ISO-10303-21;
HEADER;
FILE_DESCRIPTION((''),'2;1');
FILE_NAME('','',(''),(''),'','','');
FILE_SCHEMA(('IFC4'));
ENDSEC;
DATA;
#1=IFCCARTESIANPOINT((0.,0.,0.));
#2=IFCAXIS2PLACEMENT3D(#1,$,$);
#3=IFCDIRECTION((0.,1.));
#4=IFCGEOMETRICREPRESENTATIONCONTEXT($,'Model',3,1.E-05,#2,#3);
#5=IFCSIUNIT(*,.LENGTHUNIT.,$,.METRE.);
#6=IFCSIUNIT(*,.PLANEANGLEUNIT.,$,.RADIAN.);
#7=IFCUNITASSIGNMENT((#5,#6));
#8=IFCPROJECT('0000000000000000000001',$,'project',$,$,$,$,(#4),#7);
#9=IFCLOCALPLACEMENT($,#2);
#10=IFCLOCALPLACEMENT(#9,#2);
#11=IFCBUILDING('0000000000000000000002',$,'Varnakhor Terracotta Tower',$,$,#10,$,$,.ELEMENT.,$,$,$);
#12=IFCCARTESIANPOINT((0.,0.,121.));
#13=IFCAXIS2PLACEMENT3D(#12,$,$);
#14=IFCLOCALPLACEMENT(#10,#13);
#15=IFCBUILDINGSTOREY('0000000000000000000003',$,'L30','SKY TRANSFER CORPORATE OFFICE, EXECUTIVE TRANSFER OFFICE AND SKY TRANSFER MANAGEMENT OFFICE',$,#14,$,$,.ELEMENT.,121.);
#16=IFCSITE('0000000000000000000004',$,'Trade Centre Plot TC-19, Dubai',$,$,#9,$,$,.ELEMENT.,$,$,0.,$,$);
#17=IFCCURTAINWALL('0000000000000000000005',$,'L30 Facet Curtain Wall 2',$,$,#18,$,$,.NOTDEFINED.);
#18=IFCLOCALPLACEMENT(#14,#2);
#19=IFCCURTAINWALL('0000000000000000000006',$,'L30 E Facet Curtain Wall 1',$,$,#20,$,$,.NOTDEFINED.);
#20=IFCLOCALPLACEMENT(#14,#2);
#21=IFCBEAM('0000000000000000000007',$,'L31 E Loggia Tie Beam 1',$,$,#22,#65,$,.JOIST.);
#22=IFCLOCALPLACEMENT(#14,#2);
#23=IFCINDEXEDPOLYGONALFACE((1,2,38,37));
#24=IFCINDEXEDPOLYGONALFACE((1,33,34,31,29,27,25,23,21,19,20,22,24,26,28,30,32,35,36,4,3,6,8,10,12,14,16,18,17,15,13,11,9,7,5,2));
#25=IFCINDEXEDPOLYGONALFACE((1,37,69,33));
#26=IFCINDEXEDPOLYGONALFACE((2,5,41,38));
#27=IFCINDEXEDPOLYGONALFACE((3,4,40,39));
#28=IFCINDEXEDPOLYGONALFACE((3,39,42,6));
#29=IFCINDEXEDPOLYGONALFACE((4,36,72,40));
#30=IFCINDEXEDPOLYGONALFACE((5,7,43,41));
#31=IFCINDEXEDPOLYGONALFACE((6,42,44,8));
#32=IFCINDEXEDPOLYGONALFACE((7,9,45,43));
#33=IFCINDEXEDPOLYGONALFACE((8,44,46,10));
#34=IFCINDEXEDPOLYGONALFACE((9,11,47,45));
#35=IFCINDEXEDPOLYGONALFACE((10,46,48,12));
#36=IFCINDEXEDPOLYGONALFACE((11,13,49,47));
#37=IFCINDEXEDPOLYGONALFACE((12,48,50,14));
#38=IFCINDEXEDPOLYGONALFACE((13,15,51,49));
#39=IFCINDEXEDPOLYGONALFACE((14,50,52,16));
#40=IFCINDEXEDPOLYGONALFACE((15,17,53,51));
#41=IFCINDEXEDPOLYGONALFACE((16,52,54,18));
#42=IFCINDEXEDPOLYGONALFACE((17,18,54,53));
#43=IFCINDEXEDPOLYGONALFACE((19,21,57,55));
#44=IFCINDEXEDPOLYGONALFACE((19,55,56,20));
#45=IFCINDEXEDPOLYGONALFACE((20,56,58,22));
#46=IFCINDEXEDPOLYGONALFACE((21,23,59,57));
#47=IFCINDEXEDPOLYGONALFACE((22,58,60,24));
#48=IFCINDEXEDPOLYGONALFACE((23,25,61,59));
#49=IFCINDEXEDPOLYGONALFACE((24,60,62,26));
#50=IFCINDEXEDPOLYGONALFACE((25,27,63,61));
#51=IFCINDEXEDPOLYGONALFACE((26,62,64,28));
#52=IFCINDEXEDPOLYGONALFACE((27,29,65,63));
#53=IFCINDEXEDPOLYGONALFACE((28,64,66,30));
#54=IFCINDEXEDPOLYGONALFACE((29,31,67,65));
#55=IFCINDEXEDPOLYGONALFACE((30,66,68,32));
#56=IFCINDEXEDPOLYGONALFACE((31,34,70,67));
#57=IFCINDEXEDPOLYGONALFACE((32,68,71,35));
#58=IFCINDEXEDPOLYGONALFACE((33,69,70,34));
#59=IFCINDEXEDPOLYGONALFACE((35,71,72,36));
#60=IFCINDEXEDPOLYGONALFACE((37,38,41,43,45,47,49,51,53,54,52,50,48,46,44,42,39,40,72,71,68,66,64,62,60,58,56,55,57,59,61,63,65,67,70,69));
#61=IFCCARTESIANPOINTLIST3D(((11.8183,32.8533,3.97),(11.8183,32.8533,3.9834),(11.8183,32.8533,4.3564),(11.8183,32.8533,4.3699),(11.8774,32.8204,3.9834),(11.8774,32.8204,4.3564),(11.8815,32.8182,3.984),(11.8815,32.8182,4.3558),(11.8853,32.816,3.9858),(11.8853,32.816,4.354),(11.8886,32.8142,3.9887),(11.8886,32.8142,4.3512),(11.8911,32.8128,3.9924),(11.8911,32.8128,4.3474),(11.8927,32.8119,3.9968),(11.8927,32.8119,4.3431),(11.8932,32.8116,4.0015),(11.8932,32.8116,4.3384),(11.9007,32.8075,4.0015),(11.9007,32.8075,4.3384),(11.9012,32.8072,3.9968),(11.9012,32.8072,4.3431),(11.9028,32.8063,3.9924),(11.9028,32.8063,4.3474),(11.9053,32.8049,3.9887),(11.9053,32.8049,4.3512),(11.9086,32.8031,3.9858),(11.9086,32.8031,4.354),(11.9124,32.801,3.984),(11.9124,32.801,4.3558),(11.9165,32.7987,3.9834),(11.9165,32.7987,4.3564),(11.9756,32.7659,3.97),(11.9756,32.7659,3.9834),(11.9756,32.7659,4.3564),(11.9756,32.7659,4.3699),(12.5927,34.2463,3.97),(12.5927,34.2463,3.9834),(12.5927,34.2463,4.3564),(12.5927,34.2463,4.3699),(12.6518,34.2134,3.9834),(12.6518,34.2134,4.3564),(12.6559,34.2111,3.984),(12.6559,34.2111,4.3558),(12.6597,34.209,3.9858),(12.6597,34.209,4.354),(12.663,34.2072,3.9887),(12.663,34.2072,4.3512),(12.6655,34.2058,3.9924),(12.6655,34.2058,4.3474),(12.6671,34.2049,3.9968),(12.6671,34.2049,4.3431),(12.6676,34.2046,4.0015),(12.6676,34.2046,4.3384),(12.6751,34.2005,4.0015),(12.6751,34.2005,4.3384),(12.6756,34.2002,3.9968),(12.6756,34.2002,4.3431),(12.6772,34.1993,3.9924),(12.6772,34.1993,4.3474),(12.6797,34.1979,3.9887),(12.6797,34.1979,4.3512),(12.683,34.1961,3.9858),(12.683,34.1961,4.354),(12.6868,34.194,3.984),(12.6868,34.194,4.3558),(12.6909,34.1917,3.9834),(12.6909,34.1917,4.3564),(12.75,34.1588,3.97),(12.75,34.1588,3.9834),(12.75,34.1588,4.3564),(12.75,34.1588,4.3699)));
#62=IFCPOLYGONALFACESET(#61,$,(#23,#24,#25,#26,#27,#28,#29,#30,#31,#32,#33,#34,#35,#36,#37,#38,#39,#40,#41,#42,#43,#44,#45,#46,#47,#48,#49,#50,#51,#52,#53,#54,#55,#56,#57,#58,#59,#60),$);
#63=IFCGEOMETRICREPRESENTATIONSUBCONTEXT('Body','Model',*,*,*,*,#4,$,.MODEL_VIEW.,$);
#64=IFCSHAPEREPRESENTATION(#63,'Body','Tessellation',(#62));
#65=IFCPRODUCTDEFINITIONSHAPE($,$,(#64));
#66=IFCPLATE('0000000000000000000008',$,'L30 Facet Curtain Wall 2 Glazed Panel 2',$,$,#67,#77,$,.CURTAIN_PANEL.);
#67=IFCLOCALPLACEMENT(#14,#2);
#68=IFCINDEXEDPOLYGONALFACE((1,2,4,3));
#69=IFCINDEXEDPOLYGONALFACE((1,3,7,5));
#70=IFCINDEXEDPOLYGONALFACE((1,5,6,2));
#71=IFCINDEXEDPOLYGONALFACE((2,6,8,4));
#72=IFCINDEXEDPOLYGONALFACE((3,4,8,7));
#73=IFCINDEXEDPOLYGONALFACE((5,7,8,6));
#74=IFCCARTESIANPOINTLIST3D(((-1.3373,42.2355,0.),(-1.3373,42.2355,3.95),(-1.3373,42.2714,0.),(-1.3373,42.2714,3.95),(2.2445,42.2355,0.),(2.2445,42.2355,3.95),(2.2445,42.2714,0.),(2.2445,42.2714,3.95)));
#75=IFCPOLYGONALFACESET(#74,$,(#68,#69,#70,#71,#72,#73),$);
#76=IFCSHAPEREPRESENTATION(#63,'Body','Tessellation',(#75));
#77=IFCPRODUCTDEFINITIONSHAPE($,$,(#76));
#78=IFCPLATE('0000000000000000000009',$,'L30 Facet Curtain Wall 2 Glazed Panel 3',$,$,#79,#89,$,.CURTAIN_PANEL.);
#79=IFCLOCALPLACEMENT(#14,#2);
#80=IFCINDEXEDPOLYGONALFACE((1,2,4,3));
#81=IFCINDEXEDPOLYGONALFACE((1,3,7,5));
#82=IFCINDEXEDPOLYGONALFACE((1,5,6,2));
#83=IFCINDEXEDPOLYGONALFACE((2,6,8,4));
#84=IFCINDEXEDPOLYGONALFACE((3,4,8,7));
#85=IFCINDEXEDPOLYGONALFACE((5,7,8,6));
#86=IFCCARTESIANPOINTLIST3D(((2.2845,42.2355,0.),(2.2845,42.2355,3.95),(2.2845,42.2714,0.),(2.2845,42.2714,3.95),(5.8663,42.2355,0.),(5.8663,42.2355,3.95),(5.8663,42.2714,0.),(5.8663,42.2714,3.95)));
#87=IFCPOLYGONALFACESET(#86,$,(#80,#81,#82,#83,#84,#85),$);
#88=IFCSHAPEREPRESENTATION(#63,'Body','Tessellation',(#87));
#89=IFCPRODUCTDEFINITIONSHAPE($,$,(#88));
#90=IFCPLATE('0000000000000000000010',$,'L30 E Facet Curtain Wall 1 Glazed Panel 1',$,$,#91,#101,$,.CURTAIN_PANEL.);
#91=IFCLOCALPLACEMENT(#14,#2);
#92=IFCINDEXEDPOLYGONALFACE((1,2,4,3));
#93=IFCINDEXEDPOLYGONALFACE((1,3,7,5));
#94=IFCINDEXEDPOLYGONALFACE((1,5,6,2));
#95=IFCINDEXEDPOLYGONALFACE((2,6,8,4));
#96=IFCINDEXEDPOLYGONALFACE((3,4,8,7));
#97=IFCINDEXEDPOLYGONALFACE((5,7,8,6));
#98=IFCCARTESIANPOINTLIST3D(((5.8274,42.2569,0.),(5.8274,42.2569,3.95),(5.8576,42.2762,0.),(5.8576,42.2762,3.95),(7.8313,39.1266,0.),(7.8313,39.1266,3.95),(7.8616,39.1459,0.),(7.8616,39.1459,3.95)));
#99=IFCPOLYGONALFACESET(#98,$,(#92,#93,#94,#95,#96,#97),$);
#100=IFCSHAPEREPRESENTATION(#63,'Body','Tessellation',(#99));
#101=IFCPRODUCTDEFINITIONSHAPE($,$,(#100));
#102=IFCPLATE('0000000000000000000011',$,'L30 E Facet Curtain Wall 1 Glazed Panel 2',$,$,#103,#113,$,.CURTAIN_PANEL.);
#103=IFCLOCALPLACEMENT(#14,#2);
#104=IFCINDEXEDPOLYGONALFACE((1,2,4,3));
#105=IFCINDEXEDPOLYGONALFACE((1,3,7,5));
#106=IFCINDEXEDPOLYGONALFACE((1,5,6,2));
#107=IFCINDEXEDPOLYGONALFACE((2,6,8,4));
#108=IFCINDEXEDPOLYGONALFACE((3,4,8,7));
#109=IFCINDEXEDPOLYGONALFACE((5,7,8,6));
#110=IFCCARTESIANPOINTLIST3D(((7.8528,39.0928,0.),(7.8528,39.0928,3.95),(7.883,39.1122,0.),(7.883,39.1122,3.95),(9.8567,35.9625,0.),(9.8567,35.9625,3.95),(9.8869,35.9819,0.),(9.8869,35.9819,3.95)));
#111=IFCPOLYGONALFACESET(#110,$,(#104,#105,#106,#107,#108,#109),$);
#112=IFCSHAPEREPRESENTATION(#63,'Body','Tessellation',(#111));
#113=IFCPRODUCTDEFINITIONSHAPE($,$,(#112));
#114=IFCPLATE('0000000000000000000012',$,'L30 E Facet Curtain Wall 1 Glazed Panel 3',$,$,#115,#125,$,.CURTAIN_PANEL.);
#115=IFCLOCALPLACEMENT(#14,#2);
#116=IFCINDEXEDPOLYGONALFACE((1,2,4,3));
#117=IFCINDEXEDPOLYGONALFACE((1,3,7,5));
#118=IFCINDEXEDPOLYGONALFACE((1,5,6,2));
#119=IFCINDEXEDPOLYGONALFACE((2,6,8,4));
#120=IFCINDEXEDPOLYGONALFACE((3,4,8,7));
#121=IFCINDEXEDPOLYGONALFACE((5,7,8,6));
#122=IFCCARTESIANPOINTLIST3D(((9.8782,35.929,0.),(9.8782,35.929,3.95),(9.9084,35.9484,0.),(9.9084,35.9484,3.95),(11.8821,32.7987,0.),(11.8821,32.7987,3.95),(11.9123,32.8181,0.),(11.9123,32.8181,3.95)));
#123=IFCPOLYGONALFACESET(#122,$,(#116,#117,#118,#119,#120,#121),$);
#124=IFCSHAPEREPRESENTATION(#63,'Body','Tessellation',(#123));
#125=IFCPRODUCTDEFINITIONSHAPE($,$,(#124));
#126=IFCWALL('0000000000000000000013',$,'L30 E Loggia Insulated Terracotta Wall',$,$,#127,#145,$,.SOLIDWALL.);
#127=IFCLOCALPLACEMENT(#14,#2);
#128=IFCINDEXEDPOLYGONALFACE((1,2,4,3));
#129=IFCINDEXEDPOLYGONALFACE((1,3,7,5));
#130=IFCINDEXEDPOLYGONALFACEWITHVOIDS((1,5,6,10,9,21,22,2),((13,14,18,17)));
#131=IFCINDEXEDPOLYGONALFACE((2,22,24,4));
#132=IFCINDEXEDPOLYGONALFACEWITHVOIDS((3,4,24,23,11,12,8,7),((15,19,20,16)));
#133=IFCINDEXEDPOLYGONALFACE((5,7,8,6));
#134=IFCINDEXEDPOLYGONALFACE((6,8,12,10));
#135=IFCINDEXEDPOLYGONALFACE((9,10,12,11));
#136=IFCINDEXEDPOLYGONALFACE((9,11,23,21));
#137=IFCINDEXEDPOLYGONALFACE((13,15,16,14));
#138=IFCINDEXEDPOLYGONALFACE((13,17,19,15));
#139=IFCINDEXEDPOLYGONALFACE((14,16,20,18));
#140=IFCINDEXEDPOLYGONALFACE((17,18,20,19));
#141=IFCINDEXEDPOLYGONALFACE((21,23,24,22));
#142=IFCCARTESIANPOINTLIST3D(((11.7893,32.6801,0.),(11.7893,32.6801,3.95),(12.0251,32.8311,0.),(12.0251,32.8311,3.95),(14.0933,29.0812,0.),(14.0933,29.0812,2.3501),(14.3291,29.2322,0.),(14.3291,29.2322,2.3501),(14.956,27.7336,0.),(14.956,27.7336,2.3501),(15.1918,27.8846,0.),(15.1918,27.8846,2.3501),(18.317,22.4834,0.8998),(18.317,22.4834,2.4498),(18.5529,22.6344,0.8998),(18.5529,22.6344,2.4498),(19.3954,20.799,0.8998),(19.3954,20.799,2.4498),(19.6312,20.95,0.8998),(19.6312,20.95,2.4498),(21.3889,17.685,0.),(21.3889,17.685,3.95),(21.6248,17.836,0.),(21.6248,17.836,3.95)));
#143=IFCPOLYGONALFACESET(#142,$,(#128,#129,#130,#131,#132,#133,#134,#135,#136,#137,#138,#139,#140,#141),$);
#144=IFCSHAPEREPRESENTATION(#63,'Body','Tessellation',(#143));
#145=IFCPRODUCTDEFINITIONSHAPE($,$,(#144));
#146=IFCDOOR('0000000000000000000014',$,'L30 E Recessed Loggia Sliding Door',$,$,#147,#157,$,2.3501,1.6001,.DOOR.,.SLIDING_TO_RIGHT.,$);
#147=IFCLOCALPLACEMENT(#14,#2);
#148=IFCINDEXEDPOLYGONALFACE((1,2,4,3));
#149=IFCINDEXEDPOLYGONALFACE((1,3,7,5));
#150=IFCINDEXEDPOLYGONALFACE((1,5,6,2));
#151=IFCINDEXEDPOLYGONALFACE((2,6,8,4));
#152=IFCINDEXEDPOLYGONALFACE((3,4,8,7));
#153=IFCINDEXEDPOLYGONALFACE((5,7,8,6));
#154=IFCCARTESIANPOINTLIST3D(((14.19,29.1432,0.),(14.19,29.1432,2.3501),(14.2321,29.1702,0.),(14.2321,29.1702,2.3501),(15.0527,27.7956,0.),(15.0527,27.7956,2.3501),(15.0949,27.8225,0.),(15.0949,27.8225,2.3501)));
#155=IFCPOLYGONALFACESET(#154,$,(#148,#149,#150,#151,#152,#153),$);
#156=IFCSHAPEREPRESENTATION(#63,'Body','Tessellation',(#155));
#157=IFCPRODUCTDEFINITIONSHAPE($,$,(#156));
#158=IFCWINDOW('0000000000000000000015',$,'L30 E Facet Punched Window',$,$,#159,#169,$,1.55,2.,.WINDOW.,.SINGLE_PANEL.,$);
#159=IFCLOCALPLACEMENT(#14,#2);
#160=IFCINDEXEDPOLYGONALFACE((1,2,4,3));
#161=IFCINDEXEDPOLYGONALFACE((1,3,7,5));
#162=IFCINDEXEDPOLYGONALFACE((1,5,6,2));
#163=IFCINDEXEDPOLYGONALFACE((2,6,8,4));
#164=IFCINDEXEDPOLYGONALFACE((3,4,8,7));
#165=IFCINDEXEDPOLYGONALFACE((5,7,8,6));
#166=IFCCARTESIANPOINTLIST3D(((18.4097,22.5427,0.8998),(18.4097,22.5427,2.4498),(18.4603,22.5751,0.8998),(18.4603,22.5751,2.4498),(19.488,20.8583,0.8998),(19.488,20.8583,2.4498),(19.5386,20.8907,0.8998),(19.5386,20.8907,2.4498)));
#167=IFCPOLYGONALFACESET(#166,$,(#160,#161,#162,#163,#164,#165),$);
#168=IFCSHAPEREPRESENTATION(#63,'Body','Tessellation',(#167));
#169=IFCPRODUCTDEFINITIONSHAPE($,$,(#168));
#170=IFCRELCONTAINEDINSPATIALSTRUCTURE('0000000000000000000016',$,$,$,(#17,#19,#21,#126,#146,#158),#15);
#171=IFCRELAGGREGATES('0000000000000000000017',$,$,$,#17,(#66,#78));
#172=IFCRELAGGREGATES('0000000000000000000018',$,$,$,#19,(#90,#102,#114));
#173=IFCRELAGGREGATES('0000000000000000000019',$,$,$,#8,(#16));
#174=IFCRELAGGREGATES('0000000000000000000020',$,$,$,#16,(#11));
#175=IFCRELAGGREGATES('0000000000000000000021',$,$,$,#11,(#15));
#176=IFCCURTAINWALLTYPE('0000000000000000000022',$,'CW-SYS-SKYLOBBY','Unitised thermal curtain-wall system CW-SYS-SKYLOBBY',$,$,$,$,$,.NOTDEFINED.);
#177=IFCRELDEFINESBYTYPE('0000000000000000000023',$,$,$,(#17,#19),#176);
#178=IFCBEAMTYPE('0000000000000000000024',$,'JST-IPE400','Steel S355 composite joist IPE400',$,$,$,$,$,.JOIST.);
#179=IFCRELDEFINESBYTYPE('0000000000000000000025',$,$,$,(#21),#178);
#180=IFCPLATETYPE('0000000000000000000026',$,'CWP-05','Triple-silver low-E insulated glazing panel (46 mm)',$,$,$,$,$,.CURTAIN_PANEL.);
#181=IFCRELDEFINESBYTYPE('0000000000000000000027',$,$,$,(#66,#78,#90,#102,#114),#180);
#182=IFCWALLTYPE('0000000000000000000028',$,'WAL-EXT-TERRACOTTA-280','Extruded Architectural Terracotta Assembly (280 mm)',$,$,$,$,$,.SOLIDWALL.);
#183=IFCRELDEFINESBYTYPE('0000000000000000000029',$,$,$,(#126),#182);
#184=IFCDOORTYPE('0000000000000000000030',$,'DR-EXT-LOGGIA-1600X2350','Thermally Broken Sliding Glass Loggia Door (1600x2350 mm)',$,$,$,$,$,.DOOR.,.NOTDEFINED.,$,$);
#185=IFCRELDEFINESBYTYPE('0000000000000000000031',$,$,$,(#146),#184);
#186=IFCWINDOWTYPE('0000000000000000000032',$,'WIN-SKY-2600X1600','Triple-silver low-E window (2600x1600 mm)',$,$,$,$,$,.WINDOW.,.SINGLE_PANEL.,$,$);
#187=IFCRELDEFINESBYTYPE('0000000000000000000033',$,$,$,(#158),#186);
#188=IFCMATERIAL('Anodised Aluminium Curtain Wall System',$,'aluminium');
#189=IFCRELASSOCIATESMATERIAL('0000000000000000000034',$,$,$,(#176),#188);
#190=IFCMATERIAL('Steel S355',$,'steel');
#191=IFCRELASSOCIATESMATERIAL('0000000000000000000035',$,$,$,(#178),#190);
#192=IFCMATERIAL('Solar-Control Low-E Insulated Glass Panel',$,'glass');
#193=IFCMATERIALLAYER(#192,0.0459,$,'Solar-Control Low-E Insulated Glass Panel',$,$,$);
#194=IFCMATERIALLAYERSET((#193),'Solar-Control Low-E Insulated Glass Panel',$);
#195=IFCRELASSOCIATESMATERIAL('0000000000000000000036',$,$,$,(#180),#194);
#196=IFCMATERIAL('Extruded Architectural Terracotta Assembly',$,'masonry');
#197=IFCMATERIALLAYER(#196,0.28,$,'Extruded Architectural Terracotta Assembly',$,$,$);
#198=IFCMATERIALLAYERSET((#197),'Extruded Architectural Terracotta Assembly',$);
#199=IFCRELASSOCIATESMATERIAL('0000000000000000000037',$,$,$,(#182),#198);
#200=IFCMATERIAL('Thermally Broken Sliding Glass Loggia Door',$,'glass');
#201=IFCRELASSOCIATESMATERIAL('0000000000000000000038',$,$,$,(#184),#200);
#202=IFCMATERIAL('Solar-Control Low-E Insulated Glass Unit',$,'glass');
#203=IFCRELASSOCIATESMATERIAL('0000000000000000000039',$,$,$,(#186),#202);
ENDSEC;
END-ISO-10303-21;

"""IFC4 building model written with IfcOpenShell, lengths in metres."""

from ifc_helpers import new_model, si_unit, direction, frame, frame_2d, origin, origin_2d, place, context, subcontext, project, spatial, rectangle, i_section, extrude, source, transform, mapped, material, layer, layer_set, material_profile, profile_set, type_object, type_shapes, element, fill, aggregate, save


model = new_model("IFC4")

# Units and contexts
model_context = context("Model", 3, precision=1e-05, world=origin(), true_north=direction((0.0, 1.0)))
body_context = subcontext(model_context, "Body", "Model", "MODEL_VIEW")
ifc_project = project(units=[si_unit("LENGTHUNIT", "METRE"), si_unit("PLANEANGLEUNIT", "RADIAN")], contexts=[model_context])

# Site, building, storey
site_placement = place(None, origin())
site = spatial("IfcSite", under=ifc_project, at=site_placement, Name="Trade Centre Plot TC-19, Dubai", CompositionType="ELEMENT", RefElevation=0.0)
building_placement = place(site_placement, origin())
building = spatial("IfcBuilding", under=site, at=building_placement, Name="Varnakhor Terracotta Tower", CompositionType="ELEMENT")
storey_placement = place(building_placement, frame((0.0, 0.0, 121.0)))
storey = spatial("IfcBuildingStorey", under=building, at=storey_placement, Name="L30", Description="SKY TRANSFER CORPORATE OFFICE, EXECUTIVE TRANSFER OFFICE AND SKY TRANSFER MANAGEMENT OFFICE", CompositionType="ELEMENT", Elevation=121.0)

# Shared definitions
ifc_material_1 = material(Name="Steel S355", Category="steel")

# Curtain wall
ifc_material_2 = material(Name="Anodised Aluminium Curtain Wall System", Category="aluminium")
curtain_wall_type = type_object("IfcCurtainWallType", Name="CW-SYS-SKYLOBBY", Description="Unitised thermal curtain-wall system CW-SYS-SKYLOBBY", PredefinedType="NOTDEFINED", material=ifc_material_2)
curtain_wall_1_placement = place(storey_placement, origin())
curtain_wall_1 = element("IfcCurtainWall", 1, at=curtain_wall_1_placement, inside=storey, type_object=curtain_wall_type, Name="L30 Facet Curtain Wall 2", PredefinedType="NOTDEFINED")

# Curtain wall
curtain_wall_2_placement = place(storey_placement, origin())
curtain_wall_2 = element("IfcCurtainWall", 2, at=curtain_wall_2_placement, inside=storey, type_object=curtain_wall_type, Name="L30 E Facet Curtain Wall 1", PredefinedType="NOTDEFINED")

# Beam
ifc_material_profile_1 = material_profile(ifc_material_1, i_section(OverallWidth=0.1799, OverallDepth=0.3999, WebThickness=0.0085, FlangeThickness=0.0134, FilletRadius=0.0181, at=origin_2d()), Name="IPE400")
ifc_profile_set_1 = profile_set([ifc_material_profile_1], Name="Steel S355")
beam_type_1 = type_object("IfcBeamType", Name="JST-IPE400", Description="Steel S355 composite joist IPE400", PredefinedType="JOIST", material=ifc_profile_set_1)
shared_shape_1 = source(origin(), body_context, "Body", "SweptSolid", [
    extrude(i_section(OverallWidth=0.1799, OverallDepth=0.3999, WebThickness=0.0085, FlangeThickness=0.0134, FilletRadius=0.0181, at=origin_2d()), origin(), (0.0, 0.0, 1.0), 1.5938),
])
beam_1_placement = place(storey_placement, frame((11.897, 32.8096, 4.1699), z_axis=(0.485877, 0.874027, 0.0), x_axis=(-0.874027, 0.485877, 0.0)))
element("IfcBeam", 3, at=beam_1_placement, inside=storey, type_object=beam_type_1, Name="L31 E Loggia Tie Beam 1", PredefinedType="JOIST", context=body_context, shape_type="MappedRepresentation", body=[
    mapped(shared_shape_1, transform((0.0, 0.0, 0.0), scale=1.0)),
])

# Plates
ifc_material_3 = material(Name="Solar-Control Low-E Insulated Glass Panel", Category="glass")
ifc_layer_1 = layer(ifc_material_3, 0.0459, Name="Solar-Control Low-E Insulated Glass Panel")
ifc_layer_set_1 = layer_set([ifc_layer_1], Name="Solar-Control Low-E Insulated Glass Panel")
plate_type = type_object("IfcPlateType", Name="CWP-05", Description="Triple-silver low-E insulated glazing panel (46 mm)", PredefinedType="CURTAIN_PANEL", material=ifc_layer_set_1)
shared_shape_2 = source(origin(), body_context, "Body", "SweptSolid", [
    extrude(rectangle(XDim=3.5818, YDim=0.0359, at=origin_2d()), origin(), (0.0, 0.0, 1.0), 3.95),
])
plate_1_placement = place(storey_placement, frame((0.4536, 42.2534, 0.0), z_axis=(0.0, 0.0, 1.0), x_axis=(1.0, 0.0, 0.0)))
plate_1 = element("IfcPlate", 4, at=plate_1_placement, type_object=plate_type, Name="L30 Facet Curtain Wall 2 Glazed Panel 2", PredefinedType="CURTAIN_PANEL", context=body_context, shape_type="MappedRepresentation", body=[
    mapped(shared_shape_2, transform((0.0, 0.0, 0.0), scale=1.0)),
])
plate_2_placement = place(storey_placement, frame((4.0754, 42.2534, 0.0), z_axis=(0.0, 0.0, 1.0), x_axis=(1.0, 0.0, 0.0)))
plate_2 = element("IfcPlate", 5, at=plate_2_placement, type_object=plate_type, Name="L30 Facet Curtain Wall 2 Glazed Panel 3", PredefinedType="CURTAIN_PANEL", context=body_context, shape_type="MappedRepresentation", body=[
    mapped(shared_shape_2, transform((0.0, 0.0, 0.0), scale=1.0)),
])
aggregate(curtain_wall_1, [plate_1, plate_2])
shared_shape_3 = source(origin(), body_context, "Body", "SweptSolid", [
    extrude(rectangle(XDim=3.7168, YDim=0.0359, at=origin_2d()), origin(), (0.0, 0.0, 1.0), 3.95),
])
plate_3_placement = place(storey_placement, frame((6.8445, 40.7014, 0.0), z_axis=(0.0, 0.0, 1.0), x_axis=(0.539153, -0.842208, 0.0)))
plate_3 = element("IfcPlate", 6, at=plate_3_placement, type_object=plate_type, Name="L30 E Facet Curtain Wall 1 Glazed Panel 1", PredefinedType="CURTAIN_PANEL", context=body_context, shape_type="MappedRepresentation", body=[
    mapped(shared_shape_3, transform((0.0, 0.0, 0.0), scale=1.0)),
])
plate_4_placement = place(storey_placement, frame((8.8699, 37.5374, 0.0), z_axis=(0.0, 0.0, 1.0), x_axis=(0.539153, -0.842208, 0.0)))
plate_4 = element("IfcPlate", 7, at=plate_4_placement, type_object=plate_type, Name="L30 E Facet Curtain Wall 1 Glazed Panel 2", PredefinedType="CURTAIN_PANEL", context=body_context, shape_type="MappedRepresentation", body=[
    mapped(shared_shape_3, transform((0.0, 0.0, 0.0), scale=1.0)),
])
plate_5_placement = place(storey_placement, frame((10.8953, 34.3735, 0.0), z_axis=(0.0, 0.0, 1.0), x_axis=(0.539153, -0.842208, 0.0)))
plate_5 = element("IfcPlate", 8, at=plate_5_placement, type_object=plate_type, Name="L30 E Facet Curtain Wall 1 Glazed Panel 3", PredefinedType="CURTAIN_PANEL", context=body_context, shape_type="MappedRepresentation", body=[
    mapped(shared_shape_3, transform((0.0, 0.0, 0.0), scale=1.0)),
])
aggregate(curtain_wall_2, [plate_3, plate_4, plate_5])

# Wall, openings, door, window
ifc_material_4 = material(Name="Extruded Architectural Terracotta Assembly", Category="masonry")
ifc_layer_2 = layer(ifc_material_4, 0.28, Name="Extruded Architectural Terracotta Assembly")
ifc_layer_set_2 = layer_set([ifc_layer_2], Name="Extruded Architectural Terracotta Assembly")
wall_type_1 = type_object("IfcWallType", Name="WAL-EXT-TERRACOTTA-280", Description="Extruded Architectural Terracotta Assembly (280 mm)", PredefinedType="SOLIDWALL", material=ifc_layer_set_2)
wall_1_placement = place(storey_placement, frame((11.9072, 32.7556, 0.0), z_axis=(0.0, 0.0, 1.0), x_axis=(0.539163, -0.842202, 0.0)))
wall_1 = element("IfcWall", 9, at=wall_1_placement, inside=storey, type_object=wall_type_1, Name="L30 E Loggia Insulated Terracotta Wall", PredefinedType="SOLIDWALL", context=body_context, shape_type="SweptSolid", body=[
    extrude(rectangle(XDim=17.8047, YDim=0.28, at=frame_2d((8.9023, 0.0))), origin(), (0.0, 0.0, 1.0), 3.95),
])
opening_1_placement = place(wall_1_placement, frame((4.2732, 0.0, 0.0)))
opening_1 = element("IfcOpeningElement", 10, at=opening_1_placement, cuts=wall_1, PredefinedType="OPENING", context=body_context, shape_type="SweptSolid", body=[
    extrude(rectangle(XDim=1.6001, YDim=2.3501, at=frame_2d((0.8, 1.175))), frame((0.0, 0.1499, 0.0), z_axis=(0.0, -1.0, 0.0), x_axis=(1.0, 0.0, 0.0)), (0.0, 0.0, 1.0), 0.3),
])
opening_2_placement = place(wall_1_placement, frame((12.1072, 0.0, 0.8999)))
opening_2 = element("IfcOpeningElement", 11, at=opening_2_placement, cuts=wall_1, PredefinedType="OPENING", context=body_context, shape_type="SweptSolid", body=[
    extrude(rectangle(XDim=2.0, YDim=1.55, at=frame_2d((1.0, 0.7749))), frame((0.0, 0.1499, 0.0), z_axis=(0.0, -1.0, 0.0), x_axis=(1.0, 0.0, 0.0)), (0.0, 0.0, 1.0), 0.3),
])
ifc_material_5 = material(Name="Thermally Broken Sliding Glass Loggia Door", Category="glass")
door_type_1 = type_object("IfcDoorType", Name="DR-EXT-LOGGIA-1600X2350", Description="Thermally Broken Sliding Glass Loggia Door (1600x2350 mm)", OperationType="NOTDEFINED", PredefinedType="DOOR", material=ifc_material_5)
shared_shape_4 = source(origin(), body_context, "Body", "SweptSolid", [
    extrude(rectangle(XDim=1.6001, YDim=2.3501, at=frame_2d((0.8, 1.175))), frame((0.0, 0.0249, 0.0), z_axis=(0.0, -1.0, 0.0), x_axis=(1.0, 0.0, 0.0)), (0.0, 0.0, 1.0), 0.05),
])
type_shapes(door_type_1, [shared_shape_4])
door_1_placement = place(opening_1_placement, origin())
door_1 = element("IfcDoor", 12, at=door_1_placement, inside=storey, type_object=door_type_1, Name="L30 E Recessed Loggia Sliding Door", OperationType="SLIDING_TO_RIGHT", OverallHeight=2.3501, OverallWidth=1.6001, PredefinedType="DOOR", context=body_context, shape_type="MappedRepresentation", body=[
    mapped(shared_shape_4, transform((0.0, 0.0, 0.0), scale=1.0)),
])
fill(opening_1, door_1)
ifc_material_6 = material(Name="Solar-Control Low-E Insulated Glass Unit", Category="glass")
window_type = type_object("IfcWindowType", Name="WIN-SKY-2600X1600", Description="Triple-silver low-E window (2600x1600 mm)", PartitioningType="SINGLE_PANEL", PredefinedType="WINDOW", material=ifc_material_6)
shared_shape_5 = source(origin(), body_context, "Body", "SweptSolid", [
    extrude(rectangle(XDim=2.0, YDim=1.55, at=frame_2d((1.0, 0.7749))), frame((0.0, 0.03, 0.0), z_axis=(0.0, -1.0, 0.0), x_axis=(1.0, 0.0, 0.0)), (0.0, 0.0, 1.0), 0.0601),
])
type_shapes(window_type, [shared_shape_5])
window_placement = place(opening_2_placement, origin())
window = element("IfcWindow", 13, at=window_placement, inside=storey, type_object=window_type, Name="L30 E Facet Punched Window", OverallHeight=1.55, OverallWidth=2.0, PartitioningType="SINGLE_PANEL", PredefinedType="WINDOW", context=body_context, shape_type="MappedRepresentation", body=[
    mapped(shared_shape_5, transform((0.0, 0.0, 0.0), scale=1.0)),
])
fill(opening_2, window)

save(model, "model.ifc")
